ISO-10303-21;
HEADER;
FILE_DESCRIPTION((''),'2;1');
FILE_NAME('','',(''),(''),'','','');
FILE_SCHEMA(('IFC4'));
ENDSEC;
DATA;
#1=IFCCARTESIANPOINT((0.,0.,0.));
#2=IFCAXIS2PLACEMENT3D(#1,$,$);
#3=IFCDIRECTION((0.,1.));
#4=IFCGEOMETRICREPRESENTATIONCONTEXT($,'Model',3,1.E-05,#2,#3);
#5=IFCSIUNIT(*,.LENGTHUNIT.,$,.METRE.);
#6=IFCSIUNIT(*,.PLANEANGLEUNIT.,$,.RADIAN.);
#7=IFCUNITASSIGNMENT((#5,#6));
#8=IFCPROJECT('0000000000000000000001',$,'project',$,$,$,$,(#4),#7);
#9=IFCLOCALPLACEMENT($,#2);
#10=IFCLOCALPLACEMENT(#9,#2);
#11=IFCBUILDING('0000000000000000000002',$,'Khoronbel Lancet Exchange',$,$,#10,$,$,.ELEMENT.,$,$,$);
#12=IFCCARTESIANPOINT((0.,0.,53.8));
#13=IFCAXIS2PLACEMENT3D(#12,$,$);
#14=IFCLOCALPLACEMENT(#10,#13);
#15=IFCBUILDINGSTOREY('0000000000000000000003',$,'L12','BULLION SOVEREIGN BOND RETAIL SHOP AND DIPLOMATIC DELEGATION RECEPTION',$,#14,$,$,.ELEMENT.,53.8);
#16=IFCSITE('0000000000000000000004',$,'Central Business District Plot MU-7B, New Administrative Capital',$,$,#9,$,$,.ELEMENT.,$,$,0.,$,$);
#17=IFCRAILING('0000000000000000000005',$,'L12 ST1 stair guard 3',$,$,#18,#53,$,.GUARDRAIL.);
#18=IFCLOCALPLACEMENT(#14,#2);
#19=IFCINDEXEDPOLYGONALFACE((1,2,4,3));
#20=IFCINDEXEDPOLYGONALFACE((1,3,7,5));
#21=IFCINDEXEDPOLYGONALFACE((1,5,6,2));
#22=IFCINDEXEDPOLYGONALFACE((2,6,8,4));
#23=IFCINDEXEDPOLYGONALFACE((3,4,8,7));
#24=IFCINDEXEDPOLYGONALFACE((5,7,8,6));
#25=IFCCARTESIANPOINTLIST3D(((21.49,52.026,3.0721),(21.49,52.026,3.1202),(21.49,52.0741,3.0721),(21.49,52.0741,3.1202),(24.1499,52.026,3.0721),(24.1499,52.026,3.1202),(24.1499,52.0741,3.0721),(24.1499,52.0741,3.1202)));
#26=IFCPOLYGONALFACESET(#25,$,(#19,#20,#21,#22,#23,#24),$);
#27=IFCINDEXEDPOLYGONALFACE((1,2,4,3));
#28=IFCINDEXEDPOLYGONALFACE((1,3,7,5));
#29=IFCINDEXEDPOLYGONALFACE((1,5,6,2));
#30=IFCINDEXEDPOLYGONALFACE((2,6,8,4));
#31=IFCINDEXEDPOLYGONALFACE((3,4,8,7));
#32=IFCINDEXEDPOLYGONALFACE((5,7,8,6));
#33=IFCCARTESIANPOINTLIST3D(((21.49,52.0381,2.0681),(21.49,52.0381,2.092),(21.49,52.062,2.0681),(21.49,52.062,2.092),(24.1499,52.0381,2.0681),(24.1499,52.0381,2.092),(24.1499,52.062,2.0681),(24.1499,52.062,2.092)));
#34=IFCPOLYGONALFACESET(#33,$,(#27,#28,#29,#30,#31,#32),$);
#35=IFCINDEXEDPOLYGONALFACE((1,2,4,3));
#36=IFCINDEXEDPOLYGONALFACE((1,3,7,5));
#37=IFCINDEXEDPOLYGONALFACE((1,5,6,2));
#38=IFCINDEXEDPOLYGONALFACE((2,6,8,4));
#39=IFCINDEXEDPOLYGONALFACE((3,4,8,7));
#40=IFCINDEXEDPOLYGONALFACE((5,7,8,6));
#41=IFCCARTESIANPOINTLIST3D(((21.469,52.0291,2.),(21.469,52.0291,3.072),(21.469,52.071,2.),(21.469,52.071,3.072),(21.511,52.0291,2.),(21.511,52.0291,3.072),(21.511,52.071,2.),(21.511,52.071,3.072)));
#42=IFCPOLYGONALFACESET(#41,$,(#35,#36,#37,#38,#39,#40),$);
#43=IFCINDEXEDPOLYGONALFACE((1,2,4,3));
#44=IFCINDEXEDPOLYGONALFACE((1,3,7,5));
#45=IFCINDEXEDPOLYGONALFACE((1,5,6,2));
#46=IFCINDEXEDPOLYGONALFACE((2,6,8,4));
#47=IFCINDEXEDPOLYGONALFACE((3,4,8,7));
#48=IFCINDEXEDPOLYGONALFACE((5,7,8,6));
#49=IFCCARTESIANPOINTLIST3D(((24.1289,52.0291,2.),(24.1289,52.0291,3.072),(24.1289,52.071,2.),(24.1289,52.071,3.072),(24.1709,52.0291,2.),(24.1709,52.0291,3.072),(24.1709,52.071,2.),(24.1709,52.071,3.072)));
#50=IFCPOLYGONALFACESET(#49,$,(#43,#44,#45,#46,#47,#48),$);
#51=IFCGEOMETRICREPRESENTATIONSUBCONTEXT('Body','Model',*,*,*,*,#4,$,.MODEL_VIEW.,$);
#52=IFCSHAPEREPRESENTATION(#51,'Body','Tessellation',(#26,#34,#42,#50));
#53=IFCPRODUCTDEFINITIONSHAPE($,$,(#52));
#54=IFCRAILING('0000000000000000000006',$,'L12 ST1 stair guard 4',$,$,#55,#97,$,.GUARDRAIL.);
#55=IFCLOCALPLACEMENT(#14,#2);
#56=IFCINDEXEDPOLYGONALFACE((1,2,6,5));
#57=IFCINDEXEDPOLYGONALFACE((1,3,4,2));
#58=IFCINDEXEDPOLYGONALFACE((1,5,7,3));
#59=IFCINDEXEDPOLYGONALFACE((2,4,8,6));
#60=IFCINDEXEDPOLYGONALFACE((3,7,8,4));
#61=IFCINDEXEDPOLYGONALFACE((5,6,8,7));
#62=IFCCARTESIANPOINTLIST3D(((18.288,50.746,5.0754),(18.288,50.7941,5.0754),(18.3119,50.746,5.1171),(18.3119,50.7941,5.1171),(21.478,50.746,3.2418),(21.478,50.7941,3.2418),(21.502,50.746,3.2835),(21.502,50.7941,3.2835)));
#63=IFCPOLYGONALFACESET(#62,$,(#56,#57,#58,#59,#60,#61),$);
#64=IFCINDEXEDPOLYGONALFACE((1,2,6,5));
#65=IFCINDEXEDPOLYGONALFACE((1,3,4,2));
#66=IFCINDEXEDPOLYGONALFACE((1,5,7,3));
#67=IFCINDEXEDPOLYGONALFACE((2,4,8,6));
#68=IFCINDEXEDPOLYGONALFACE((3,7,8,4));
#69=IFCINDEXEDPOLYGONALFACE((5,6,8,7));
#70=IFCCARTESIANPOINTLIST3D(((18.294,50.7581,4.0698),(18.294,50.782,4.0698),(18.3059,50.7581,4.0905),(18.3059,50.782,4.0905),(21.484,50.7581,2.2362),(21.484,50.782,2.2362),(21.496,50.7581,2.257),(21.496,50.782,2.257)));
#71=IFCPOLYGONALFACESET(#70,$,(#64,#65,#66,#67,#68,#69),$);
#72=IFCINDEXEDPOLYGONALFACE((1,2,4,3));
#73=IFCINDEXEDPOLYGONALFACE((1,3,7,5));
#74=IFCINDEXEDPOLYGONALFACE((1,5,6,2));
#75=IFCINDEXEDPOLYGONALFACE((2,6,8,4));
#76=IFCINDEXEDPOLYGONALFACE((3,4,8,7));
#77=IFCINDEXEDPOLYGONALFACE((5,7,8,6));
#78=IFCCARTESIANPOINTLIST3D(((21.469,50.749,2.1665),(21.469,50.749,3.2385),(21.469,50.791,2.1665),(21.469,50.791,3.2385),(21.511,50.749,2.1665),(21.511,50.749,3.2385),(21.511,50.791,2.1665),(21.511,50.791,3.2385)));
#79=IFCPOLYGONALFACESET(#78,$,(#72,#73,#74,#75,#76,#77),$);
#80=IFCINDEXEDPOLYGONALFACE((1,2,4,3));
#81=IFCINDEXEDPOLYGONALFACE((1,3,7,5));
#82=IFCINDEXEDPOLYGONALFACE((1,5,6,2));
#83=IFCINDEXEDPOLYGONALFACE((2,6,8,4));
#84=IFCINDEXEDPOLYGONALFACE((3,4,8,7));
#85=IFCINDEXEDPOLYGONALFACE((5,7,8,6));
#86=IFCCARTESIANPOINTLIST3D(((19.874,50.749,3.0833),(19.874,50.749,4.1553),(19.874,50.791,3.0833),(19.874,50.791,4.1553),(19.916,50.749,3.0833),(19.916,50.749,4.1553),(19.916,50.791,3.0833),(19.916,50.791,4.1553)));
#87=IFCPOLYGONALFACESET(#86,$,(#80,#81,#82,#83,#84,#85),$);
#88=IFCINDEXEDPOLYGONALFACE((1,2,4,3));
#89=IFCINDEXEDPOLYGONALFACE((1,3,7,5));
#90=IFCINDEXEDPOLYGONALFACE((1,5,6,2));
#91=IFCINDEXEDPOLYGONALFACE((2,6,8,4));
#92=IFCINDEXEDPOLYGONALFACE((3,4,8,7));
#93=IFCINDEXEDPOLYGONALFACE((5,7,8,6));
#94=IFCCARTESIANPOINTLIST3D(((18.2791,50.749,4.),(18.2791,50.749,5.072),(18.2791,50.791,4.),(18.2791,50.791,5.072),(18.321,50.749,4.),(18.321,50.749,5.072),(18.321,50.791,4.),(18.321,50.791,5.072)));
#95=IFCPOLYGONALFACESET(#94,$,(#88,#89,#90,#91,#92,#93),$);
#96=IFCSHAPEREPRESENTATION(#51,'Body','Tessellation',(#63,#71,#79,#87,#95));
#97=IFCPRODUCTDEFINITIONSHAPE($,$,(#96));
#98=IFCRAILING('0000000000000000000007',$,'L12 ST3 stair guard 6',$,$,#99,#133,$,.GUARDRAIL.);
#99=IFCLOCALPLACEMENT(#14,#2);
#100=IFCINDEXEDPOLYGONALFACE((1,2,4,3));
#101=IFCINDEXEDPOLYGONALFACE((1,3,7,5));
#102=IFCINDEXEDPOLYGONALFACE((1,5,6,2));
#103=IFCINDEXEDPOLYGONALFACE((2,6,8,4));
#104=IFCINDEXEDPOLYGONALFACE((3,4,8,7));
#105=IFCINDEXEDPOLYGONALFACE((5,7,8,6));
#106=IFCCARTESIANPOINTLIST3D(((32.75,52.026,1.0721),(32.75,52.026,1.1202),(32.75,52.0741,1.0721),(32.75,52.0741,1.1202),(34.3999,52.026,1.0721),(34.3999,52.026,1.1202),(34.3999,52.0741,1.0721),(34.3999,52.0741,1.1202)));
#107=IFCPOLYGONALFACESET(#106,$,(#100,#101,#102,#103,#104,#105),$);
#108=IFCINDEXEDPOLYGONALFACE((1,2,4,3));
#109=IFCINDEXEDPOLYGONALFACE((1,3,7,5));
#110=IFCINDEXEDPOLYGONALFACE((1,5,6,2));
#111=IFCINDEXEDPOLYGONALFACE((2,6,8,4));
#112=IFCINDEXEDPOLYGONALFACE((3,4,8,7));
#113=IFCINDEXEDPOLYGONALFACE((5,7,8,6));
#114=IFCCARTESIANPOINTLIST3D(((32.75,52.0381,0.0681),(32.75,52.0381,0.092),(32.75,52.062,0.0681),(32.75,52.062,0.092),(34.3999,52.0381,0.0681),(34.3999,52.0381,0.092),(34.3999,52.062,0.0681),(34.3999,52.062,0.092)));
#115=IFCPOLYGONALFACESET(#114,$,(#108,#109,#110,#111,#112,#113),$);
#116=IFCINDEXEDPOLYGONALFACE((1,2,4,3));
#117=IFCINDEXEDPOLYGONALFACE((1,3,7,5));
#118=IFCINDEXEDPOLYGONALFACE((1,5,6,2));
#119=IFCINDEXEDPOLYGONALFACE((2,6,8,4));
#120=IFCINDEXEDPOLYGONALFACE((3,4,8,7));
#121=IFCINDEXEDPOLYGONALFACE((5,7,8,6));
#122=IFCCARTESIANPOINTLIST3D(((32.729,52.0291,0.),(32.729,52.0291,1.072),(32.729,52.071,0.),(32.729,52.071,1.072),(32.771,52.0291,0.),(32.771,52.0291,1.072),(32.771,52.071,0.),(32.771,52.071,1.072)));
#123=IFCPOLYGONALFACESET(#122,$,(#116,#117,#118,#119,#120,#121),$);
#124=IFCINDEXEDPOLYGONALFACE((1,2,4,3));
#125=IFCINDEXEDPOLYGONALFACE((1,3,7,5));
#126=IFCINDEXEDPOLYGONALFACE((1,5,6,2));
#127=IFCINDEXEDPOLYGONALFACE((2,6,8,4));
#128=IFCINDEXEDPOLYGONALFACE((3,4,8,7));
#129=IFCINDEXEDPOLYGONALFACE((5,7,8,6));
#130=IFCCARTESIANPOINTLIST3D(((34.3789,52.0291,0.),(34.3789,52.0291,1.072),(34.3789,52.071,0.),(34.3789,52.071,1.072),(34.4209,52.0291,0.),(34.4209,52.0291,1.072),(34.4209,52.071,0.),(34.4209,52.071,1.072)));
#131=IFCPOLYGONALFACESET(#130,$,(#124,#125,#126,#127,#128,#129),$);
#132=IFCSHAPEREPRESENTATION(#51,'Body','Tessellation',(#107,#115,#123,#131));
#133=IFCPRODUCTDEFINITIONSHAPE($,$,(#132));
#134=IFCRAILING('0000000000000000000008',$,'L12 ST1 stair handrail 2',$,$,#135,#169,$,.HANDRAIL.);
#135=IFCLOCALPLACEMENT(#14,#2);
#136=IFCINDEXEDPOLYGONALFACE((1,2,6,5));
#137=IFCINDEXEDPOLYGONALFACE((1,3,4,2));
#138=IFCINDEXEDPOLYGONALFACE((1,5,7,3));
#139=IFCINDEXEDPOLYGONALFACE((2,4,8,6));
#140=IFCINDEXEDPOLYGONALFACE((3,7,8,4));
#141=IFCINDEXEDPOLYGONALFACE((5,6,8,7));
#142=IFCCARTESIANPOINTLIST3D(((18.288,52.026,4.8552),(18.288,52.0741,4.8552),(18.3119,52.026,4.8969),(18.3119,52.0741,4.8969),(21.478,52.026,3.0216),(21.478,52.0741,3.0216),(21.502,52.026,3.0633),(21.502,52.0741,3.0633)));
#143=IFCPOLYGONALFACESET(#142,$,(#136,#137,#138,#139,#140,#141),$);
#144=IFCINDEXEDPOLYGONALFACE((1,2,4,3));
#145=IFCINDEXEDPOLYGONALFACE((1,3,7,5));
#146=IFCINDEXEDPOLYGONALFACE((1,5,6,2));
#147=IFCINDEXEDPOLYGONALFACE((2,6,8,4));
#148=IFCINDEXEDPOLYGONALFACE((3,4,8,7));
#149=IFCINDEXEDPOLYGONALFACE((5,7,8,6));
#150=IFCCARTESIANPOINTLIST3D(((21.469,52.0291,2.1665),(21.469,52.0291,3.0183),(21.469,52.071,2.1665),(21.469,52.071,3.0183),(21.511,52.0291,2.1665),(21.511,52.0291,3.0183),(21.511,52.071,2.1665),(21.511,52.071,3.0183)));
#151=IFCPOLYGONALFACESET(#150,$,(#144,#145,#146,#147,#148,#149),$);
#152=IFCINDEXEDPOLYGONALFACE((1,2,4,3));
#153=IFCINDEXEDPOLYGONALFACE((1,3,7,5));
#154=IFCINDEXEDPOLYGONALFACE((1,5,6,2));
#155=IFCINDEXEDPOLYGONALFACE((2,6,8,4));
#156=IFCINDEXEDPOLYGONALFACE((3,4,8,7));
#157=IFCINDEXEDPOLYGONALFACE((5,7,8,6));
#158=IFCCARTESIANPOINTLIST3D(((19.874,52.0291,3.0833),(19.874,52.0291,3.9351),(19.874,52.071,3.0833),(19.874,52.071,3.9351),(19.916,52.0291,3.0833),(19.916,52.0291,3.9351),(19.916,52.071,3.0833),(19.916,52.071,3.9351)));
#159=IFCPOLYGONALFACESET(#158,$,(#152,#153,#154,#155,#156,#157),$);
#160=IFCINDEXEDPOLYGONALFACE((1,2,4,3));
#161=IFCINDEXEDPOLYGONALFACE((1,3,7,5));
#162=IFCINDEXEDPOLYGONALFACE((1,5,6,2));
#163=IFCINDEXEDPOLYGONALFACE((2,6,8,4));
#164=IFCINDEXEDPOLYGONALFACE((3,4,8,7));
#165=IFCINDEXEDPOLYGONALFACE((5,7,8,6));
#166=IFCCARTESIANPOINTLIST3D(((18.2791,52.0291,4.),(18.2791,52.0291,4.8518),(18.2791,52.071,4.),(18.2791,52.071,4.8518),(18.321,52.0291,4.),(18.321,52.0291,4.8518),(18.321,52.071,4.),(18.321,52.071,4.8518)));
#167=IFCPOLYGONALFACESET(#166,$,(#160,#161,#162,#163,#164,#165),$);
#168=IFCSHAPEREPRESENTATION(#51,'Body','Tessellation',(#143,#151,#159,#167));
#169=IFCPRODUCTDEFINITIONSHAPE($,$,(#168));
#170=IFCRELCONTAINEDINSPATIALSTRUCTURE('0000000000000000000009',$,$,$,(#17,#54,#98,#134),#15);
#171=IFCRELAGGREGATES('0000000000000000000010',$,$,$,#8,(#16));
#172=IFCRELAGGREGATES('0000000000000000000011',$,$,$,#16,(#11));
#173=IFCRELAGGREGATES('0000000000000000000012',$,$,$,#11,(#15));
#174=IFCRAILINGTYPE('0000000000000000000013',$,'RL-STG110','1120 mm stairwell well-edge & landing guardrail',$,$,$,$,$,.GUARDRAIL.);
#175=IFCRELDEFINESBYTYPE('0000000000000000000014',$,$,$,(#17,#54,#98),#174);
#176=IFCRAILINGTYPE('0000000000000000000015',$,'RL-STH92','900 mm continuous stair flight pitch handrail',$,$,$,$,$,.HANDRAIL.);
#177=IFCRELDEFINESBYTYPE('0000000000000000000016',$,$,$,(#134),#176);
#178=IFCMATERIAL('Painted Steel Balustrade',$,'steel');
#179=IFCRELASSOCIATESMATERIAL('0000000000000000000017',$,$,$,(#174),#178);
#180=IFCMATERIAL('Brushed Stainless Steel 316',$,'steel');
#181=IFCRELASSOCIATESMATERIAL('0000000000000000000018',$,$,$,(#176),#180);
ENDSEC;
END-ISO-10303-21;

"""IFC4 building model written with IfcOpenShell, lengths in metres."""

from ifc_helpers import new_model, si_unit, direction, frame, origin, origin_2d, place, context, subcontext, project, spatial, rectangle, extrude, material, type_object, element, save


model = new_model("IFC4")

# Units and contexts
model_context = context("Model", 3, precision=1e-05, world=origin(), true_north=direction((0.0, 1.0)))
body_context = subcontext(model_context, "Body", "Model", "MODEL_VIEW")
ifc_project = project(units=[si_unit("LENGTHUNIT", "METRE"), si_unit("PLANEANGLEUNIT", "RADIAN")], contexts=[model_context])

# Site, building, storey
site_placement = place(None, origin())
site = spatial("IfcSite", under=ifc_project, at=site_placement, Name="Central Business District Plot MU-7B, New Administrative Capital", CompositionType="ELEMENT", RefElevation=0.0)
building_placement = place(site_placement, origin())
building = spatial("IfcBuilding", under=site, at=building_placement, Name="Khoronbel Lancet Exchange", CompositionType="ELEMENT")
storey_placement = place(building_placement, frame((0.0, 0.0, 53.8)))
storey = spatial("IfcBuildingStorey", under=building, at=storey_placement, Name="L12", Description="BULLION SOVEREIGN BOND RETAIL SHOP AND DIPLOMATIC DELEGATION RECEPTION", CompositionType="ELEMENT", Elevation=53.8)

# Railings
ifc_material_1 = material(Name="Painted Steel Balustrade", Category="steel")
railing_type_1 = type_object("IfcRailingType", Name="RL-STG110", Description="1120 mm stairwell well-edge & landing guardrail", PredefinedType="GUARDRAIL", material=ifc_material_1)
railing_1_placement = place(storey_placement, frame((21.49, 52.05, 2.0)))
element("IfcRailing", 1, at=railing_1_placement, inside=storey, type_object=railing_type_1, Name="L12 ST1 stair guard 3", PredefinedType="GUARDRAIL", context=body_context, shape_type="SweptSolid", body=[
    extrude(rectangle(XDim=0.0481, YDim=0.0481, at=origin_2d()), frame((0.0, 0.0, 1.0962), z_axis=(1.0, 0.0, 0.0), x_axis=(0.0, 1.0, 0.0)), (0.0, 0.0, 1.0), 2.6599),
    extrude(rectangle(XDim=0.0239, YDim=0.0239, at=origin_2d()), frame((0.0, 0.0, 0.0801), z_axis=(1.0, 0.0, 0.0), x_axis=(0.0, 1.0, 0.0)), (0.0, 0.0, 1.0), 2.6599),
    extrude(rectangle(XDim=0.042, YDim=0.042, at=origin_2d()), origin(), (0.0, 0.0, 1.0), 1.072),
    extrude(rectangle(XDim=0.042, YDim=0.042, at=origin_2d()), frame((2.6599, 0.0, 0.0)), (0.0, 0.0, 1.0), 1.072),
])
railing_2_placement = place(storey_placement, frame((21.49, 50.77, 2.1665)))
element("IfcRailing", 2, at=railing_2_placement, inside=storey, type_object=railing_type_1, Name="L12 ST1 stair guard 4", PredefinedType="GUARDRAIL", context=body_context, shape_type="SweptSolid", body=[
    extrude(rectangle(XDim=0.0481, YDim=0.0481, at=origin_2d()), frame((0.0, 0.0, 1.0962), z_axis=(-0.866991, 0.0, 0.498324), x_axis=(0.0, -1.0, 0.0)), (0.0, 0.0, 1.0), 3.6794),
    extrude(rectangle(XDim=0.0239, YDim=0.0239, at=origin_2d()), frame((0.0, 0.0, 0.0801), z_axis=(-0.866991, 0.0, 0.498324), x_axis=(0.0, -1.0, 0.0)), (0.0, 0.0, 1.0), 3.6794),
    extrude(rectangle(XDim=0.042, YDim=0.042, at=origin_2d()), origin(), (0.0, 0.0, 1.0), 1.072),
    extrude(rectangle(XDim=0.042, YDim=0.042, at=origin_2d()), frame((-1.595, 0.0, 0.9167)), (0.0, 0.0, 1.0), 1.072),
    extrude(rectangle(XDim=0.042, YDim=0.042, at=origin_2d()), frame((-3.1899, 0.0, 1.8335)), (0.0, 0.0, 1.0), 1.072),
])
railing_3_placement = place(storey_placement, frame((32.75, 52.05, 0.0)))
element("IfcRailing", 3, at=railing_3_placement, inside=storey, type_object=railing_type_1, Name="L12 ST3 stair guard 6", PredefinedType="GUARDRAIL", context=body_context, shape_type="SweptSolid", body=[
    extrude(rectangle(XDim=0.0481, YDim=0.0481, at=origin_2d()), frame((0.0, 0.0, 1.0962), z_axis=(1.0, 0.0, 0.0), x_axis=(0.0, 1.0, 0.0)), (0.0, 0.0, 1.0), 1.6499),
    extrude(rectangle(XDim=0.0239, YDim=0.0239, at=origin_2d()), frame((0.0, 0.0, 0.0801), z_axis=(1.0, 0.0, 0.0), x_axis=(0.0, 1.0, 0.0)), (0.0, 0.0, 1.0), 1.6499),
    extrude(rectangle(XDim=0.042, YDim=0.042, at=origin_2d()), origin(), (0.0, 0.0, 1.0), 1.072),
    extrude(rectangle(XDim=0.042, YDim=0.042, at=origin_2d()), frame((1.6499, 0.0, 0.0)), (0.0, 0.0, 1.0), 1.072),
])
ifc_material_2 = material(Name="Brushed Stainless Steel 316", Category="steel")
railing_type_2 = type_object("IfcRailingType", Name="RL-STH92", Description="900 mm continuous stair flight pitch handrail", PredefinedType="HANDRAIL", material=ifc_material_2)
railing_4_placement = place(storey_placement, frame((21.49, 52.05, 2.1665)))
element("IfcRailing", 4, at=railing_4_placement, inside=storey, type_object=railing_type_2, Name="L12 ST1 stair handrail 2", PredefinedType="HANDRAIL", context=body_context, shape_type="SweptSolid", body=[
    extrude(rectangle(XDim=0.0481, YDim=0.0481, at=origin_2d()), frame((0.0, 0.0, 0.876), z_axis=(-0.866991, 0.0, 0.498324), x_axis=(0.0, -1.0, 0.0)), (0.0, 0.0, 1.0), 3.6794),
    extrude(rectangle(XDim=0.042, YDim=0.042, at=origin_2d()), origin(), (0.0, 0.0, 1.0), 0.8518),
    extrude(rectangle(XDim=0.042, YDim=0.042, at=origin_2d()), frame((-1.595, 0.0, 0.9167)), (0.0, 0.0, 1.0), 0.8518),
    extrude(rectangle(XDim=0.042, YDim=0.042, at=origin_2d()), frame((-3.1899, 0.0, 1.8335)), (0.0, 0.0, 1.0), 0.8518),
])

save(model, "model.ifc")
